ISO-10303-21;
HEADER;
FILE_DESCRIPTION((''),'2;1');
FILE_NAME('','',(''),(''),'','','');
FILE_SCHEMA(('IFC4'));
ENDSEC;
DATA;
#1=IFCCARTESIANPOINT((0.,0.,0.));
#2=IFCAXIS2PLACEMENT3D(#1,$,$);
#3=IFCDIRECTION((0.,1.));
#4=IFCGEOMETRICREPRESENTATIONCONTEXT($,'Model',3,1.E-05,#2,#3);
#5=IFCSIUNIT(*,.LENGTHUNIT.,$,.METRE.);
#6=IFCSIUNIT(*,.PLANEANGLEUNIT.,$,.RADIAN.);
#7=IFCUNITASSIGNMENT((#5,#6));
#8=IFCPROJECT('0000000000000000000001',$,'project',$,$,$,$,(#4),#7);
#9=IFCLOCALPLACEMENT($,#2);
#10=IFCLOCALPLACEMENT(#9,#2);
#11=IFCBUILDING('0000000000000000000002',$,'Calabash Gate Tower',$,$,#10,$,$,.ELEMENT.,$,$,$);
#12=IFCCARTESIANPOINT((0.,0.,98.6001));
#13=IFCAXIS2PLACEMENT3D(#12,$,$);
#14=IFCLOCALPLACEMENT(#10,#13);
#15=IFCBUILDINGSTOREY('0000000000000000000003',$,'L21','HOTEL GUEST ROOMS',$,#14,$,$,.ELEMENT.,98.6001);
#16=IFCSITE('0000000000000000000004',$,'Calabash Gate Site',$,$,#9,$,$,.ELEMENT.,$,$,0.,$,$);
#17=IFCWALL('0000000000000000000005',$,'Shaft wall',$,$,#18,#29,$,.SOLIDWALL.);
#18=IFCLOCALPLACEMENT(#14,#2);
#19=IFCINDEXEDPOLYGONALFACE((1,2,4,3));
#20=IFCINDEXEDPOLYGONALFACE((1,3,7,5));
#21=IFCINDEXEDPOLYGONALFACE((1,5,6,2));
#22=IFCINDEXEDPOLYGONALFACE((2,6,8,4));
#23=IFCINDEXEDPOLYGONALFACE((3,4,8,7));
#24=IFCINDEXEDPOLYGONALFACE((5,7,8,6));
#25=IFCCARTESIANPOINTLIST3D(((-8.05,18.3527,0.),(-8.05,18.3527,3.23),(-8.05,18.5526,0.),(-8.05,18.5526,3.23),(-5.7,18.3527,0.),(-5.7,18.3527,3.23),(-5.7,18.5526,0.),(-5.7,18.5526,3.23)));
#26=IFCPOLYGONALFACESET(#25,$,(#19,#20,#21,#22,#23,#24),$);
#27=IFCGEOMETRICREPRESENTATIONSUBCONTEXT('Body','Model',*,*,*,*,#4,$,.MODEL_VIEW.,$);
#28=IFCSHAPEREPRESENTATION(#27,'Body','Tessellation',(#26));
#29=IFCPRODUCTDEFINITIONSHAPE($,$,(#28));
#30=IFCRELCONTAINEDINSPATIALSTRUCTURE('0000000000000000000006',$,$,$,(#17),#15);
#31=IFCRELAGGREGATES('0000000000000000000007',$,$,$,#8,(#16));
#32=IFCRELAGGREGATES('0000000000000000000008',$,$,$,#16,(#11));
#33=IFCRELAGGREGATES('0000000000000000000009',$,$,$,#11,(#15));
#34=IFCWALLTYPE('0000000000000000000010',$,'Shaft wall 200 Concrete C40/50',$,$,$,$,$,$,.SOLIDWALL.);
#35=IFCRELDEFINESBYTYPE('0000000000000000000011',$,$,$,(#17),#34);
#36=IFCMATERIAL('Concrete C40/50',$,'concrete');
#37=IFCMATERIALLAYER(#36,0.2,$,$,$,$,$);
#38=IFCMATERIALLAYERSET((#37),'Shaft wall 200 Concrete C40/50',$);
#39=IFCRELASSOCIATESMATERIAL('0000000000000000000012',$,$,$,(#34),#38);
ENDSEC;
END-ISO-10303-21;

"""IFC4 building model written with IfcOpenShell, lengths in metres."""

from ifc_helpers import new_model, si_unit, direction, frame, frame_2d, origin, place, context, subcontext, project, spatial, rectangle, extrude, material, layer, layer_set, type_object, element, save


model = new_model("IFC4")

# Units and contexts
model_context = context("Model", 3, precision=1e-05, world=origin(), true_north=direction((0.0, 1.0)))
body_context = subcontext(model_context, "Body", "Model", "MODEL_VIEW")
ifc_project = project(units=[si_unit("LENGTHUNIT", "METRE"), si_unit("PLANEANGLEUNIT", "RADIAN")], contexts=[model_context])

# Site, building, storey
site_placement = place(None, origin())
site = spatial("IfcSite", under=ifc_project, at=site_placement, Name="Calabash Gate Site", CompositionType="ELEMENT", RefElevation=0.0)
building_placement = place(site_placement, origin())
building = spatial("IfcBuilding", under=site, at=building_placement, Name="Calabash Gate Tower", CompositionType="ELEMENT")
storey_placement = place(building_placement, frame((0.0, 0.0, 98.6001)))
storey = spatial("IfcBuildingStorey", under=building, at=storey_placement, Name="L21", Description="HOTEL GUEST ROOMS", CompositionType="ELEMENT", Elevation=98.6001)

# Shared definitions
ifc_material_1 = material(Name="Concrete C40/50", Category="concrete")
ifc_layer_1 = layer(ifc_material_1, 0.2)
ifc_layer_set_1 = layer_set([ifc_layer_1], Name="Shaft wall 200 Concrete C40/50")
wall_type_1 = type_object("IfcWallType", Name="Shaft wall 200 Concrete C40/50", PredefinedType="SOLIDWALL", material=ifc_layer_set_1)

# Wall
wall_1_placement = place(storey_placement, frame((-8.05, 18.4526, 0.0), z_axis=(0.0, 0.0, 1.0), x_axis=(1.0, 0.0, 0.0)))
element("IfcWall", 1, at=wall_1_placement, inside=storey, type_object=wall_type_1, Name="Shaft wall", PredefinedType="SOLIDWALL", context=body_context, shape_type="SweptSolid", body=[
    extrude(rectangle(XDim=2.3501, YDim=0.2, at=frame_2d((1.175, 0.0))), origin(), (0.0, 0.0, 1.0), 3.23),
])

save(model, "model.ifc")
